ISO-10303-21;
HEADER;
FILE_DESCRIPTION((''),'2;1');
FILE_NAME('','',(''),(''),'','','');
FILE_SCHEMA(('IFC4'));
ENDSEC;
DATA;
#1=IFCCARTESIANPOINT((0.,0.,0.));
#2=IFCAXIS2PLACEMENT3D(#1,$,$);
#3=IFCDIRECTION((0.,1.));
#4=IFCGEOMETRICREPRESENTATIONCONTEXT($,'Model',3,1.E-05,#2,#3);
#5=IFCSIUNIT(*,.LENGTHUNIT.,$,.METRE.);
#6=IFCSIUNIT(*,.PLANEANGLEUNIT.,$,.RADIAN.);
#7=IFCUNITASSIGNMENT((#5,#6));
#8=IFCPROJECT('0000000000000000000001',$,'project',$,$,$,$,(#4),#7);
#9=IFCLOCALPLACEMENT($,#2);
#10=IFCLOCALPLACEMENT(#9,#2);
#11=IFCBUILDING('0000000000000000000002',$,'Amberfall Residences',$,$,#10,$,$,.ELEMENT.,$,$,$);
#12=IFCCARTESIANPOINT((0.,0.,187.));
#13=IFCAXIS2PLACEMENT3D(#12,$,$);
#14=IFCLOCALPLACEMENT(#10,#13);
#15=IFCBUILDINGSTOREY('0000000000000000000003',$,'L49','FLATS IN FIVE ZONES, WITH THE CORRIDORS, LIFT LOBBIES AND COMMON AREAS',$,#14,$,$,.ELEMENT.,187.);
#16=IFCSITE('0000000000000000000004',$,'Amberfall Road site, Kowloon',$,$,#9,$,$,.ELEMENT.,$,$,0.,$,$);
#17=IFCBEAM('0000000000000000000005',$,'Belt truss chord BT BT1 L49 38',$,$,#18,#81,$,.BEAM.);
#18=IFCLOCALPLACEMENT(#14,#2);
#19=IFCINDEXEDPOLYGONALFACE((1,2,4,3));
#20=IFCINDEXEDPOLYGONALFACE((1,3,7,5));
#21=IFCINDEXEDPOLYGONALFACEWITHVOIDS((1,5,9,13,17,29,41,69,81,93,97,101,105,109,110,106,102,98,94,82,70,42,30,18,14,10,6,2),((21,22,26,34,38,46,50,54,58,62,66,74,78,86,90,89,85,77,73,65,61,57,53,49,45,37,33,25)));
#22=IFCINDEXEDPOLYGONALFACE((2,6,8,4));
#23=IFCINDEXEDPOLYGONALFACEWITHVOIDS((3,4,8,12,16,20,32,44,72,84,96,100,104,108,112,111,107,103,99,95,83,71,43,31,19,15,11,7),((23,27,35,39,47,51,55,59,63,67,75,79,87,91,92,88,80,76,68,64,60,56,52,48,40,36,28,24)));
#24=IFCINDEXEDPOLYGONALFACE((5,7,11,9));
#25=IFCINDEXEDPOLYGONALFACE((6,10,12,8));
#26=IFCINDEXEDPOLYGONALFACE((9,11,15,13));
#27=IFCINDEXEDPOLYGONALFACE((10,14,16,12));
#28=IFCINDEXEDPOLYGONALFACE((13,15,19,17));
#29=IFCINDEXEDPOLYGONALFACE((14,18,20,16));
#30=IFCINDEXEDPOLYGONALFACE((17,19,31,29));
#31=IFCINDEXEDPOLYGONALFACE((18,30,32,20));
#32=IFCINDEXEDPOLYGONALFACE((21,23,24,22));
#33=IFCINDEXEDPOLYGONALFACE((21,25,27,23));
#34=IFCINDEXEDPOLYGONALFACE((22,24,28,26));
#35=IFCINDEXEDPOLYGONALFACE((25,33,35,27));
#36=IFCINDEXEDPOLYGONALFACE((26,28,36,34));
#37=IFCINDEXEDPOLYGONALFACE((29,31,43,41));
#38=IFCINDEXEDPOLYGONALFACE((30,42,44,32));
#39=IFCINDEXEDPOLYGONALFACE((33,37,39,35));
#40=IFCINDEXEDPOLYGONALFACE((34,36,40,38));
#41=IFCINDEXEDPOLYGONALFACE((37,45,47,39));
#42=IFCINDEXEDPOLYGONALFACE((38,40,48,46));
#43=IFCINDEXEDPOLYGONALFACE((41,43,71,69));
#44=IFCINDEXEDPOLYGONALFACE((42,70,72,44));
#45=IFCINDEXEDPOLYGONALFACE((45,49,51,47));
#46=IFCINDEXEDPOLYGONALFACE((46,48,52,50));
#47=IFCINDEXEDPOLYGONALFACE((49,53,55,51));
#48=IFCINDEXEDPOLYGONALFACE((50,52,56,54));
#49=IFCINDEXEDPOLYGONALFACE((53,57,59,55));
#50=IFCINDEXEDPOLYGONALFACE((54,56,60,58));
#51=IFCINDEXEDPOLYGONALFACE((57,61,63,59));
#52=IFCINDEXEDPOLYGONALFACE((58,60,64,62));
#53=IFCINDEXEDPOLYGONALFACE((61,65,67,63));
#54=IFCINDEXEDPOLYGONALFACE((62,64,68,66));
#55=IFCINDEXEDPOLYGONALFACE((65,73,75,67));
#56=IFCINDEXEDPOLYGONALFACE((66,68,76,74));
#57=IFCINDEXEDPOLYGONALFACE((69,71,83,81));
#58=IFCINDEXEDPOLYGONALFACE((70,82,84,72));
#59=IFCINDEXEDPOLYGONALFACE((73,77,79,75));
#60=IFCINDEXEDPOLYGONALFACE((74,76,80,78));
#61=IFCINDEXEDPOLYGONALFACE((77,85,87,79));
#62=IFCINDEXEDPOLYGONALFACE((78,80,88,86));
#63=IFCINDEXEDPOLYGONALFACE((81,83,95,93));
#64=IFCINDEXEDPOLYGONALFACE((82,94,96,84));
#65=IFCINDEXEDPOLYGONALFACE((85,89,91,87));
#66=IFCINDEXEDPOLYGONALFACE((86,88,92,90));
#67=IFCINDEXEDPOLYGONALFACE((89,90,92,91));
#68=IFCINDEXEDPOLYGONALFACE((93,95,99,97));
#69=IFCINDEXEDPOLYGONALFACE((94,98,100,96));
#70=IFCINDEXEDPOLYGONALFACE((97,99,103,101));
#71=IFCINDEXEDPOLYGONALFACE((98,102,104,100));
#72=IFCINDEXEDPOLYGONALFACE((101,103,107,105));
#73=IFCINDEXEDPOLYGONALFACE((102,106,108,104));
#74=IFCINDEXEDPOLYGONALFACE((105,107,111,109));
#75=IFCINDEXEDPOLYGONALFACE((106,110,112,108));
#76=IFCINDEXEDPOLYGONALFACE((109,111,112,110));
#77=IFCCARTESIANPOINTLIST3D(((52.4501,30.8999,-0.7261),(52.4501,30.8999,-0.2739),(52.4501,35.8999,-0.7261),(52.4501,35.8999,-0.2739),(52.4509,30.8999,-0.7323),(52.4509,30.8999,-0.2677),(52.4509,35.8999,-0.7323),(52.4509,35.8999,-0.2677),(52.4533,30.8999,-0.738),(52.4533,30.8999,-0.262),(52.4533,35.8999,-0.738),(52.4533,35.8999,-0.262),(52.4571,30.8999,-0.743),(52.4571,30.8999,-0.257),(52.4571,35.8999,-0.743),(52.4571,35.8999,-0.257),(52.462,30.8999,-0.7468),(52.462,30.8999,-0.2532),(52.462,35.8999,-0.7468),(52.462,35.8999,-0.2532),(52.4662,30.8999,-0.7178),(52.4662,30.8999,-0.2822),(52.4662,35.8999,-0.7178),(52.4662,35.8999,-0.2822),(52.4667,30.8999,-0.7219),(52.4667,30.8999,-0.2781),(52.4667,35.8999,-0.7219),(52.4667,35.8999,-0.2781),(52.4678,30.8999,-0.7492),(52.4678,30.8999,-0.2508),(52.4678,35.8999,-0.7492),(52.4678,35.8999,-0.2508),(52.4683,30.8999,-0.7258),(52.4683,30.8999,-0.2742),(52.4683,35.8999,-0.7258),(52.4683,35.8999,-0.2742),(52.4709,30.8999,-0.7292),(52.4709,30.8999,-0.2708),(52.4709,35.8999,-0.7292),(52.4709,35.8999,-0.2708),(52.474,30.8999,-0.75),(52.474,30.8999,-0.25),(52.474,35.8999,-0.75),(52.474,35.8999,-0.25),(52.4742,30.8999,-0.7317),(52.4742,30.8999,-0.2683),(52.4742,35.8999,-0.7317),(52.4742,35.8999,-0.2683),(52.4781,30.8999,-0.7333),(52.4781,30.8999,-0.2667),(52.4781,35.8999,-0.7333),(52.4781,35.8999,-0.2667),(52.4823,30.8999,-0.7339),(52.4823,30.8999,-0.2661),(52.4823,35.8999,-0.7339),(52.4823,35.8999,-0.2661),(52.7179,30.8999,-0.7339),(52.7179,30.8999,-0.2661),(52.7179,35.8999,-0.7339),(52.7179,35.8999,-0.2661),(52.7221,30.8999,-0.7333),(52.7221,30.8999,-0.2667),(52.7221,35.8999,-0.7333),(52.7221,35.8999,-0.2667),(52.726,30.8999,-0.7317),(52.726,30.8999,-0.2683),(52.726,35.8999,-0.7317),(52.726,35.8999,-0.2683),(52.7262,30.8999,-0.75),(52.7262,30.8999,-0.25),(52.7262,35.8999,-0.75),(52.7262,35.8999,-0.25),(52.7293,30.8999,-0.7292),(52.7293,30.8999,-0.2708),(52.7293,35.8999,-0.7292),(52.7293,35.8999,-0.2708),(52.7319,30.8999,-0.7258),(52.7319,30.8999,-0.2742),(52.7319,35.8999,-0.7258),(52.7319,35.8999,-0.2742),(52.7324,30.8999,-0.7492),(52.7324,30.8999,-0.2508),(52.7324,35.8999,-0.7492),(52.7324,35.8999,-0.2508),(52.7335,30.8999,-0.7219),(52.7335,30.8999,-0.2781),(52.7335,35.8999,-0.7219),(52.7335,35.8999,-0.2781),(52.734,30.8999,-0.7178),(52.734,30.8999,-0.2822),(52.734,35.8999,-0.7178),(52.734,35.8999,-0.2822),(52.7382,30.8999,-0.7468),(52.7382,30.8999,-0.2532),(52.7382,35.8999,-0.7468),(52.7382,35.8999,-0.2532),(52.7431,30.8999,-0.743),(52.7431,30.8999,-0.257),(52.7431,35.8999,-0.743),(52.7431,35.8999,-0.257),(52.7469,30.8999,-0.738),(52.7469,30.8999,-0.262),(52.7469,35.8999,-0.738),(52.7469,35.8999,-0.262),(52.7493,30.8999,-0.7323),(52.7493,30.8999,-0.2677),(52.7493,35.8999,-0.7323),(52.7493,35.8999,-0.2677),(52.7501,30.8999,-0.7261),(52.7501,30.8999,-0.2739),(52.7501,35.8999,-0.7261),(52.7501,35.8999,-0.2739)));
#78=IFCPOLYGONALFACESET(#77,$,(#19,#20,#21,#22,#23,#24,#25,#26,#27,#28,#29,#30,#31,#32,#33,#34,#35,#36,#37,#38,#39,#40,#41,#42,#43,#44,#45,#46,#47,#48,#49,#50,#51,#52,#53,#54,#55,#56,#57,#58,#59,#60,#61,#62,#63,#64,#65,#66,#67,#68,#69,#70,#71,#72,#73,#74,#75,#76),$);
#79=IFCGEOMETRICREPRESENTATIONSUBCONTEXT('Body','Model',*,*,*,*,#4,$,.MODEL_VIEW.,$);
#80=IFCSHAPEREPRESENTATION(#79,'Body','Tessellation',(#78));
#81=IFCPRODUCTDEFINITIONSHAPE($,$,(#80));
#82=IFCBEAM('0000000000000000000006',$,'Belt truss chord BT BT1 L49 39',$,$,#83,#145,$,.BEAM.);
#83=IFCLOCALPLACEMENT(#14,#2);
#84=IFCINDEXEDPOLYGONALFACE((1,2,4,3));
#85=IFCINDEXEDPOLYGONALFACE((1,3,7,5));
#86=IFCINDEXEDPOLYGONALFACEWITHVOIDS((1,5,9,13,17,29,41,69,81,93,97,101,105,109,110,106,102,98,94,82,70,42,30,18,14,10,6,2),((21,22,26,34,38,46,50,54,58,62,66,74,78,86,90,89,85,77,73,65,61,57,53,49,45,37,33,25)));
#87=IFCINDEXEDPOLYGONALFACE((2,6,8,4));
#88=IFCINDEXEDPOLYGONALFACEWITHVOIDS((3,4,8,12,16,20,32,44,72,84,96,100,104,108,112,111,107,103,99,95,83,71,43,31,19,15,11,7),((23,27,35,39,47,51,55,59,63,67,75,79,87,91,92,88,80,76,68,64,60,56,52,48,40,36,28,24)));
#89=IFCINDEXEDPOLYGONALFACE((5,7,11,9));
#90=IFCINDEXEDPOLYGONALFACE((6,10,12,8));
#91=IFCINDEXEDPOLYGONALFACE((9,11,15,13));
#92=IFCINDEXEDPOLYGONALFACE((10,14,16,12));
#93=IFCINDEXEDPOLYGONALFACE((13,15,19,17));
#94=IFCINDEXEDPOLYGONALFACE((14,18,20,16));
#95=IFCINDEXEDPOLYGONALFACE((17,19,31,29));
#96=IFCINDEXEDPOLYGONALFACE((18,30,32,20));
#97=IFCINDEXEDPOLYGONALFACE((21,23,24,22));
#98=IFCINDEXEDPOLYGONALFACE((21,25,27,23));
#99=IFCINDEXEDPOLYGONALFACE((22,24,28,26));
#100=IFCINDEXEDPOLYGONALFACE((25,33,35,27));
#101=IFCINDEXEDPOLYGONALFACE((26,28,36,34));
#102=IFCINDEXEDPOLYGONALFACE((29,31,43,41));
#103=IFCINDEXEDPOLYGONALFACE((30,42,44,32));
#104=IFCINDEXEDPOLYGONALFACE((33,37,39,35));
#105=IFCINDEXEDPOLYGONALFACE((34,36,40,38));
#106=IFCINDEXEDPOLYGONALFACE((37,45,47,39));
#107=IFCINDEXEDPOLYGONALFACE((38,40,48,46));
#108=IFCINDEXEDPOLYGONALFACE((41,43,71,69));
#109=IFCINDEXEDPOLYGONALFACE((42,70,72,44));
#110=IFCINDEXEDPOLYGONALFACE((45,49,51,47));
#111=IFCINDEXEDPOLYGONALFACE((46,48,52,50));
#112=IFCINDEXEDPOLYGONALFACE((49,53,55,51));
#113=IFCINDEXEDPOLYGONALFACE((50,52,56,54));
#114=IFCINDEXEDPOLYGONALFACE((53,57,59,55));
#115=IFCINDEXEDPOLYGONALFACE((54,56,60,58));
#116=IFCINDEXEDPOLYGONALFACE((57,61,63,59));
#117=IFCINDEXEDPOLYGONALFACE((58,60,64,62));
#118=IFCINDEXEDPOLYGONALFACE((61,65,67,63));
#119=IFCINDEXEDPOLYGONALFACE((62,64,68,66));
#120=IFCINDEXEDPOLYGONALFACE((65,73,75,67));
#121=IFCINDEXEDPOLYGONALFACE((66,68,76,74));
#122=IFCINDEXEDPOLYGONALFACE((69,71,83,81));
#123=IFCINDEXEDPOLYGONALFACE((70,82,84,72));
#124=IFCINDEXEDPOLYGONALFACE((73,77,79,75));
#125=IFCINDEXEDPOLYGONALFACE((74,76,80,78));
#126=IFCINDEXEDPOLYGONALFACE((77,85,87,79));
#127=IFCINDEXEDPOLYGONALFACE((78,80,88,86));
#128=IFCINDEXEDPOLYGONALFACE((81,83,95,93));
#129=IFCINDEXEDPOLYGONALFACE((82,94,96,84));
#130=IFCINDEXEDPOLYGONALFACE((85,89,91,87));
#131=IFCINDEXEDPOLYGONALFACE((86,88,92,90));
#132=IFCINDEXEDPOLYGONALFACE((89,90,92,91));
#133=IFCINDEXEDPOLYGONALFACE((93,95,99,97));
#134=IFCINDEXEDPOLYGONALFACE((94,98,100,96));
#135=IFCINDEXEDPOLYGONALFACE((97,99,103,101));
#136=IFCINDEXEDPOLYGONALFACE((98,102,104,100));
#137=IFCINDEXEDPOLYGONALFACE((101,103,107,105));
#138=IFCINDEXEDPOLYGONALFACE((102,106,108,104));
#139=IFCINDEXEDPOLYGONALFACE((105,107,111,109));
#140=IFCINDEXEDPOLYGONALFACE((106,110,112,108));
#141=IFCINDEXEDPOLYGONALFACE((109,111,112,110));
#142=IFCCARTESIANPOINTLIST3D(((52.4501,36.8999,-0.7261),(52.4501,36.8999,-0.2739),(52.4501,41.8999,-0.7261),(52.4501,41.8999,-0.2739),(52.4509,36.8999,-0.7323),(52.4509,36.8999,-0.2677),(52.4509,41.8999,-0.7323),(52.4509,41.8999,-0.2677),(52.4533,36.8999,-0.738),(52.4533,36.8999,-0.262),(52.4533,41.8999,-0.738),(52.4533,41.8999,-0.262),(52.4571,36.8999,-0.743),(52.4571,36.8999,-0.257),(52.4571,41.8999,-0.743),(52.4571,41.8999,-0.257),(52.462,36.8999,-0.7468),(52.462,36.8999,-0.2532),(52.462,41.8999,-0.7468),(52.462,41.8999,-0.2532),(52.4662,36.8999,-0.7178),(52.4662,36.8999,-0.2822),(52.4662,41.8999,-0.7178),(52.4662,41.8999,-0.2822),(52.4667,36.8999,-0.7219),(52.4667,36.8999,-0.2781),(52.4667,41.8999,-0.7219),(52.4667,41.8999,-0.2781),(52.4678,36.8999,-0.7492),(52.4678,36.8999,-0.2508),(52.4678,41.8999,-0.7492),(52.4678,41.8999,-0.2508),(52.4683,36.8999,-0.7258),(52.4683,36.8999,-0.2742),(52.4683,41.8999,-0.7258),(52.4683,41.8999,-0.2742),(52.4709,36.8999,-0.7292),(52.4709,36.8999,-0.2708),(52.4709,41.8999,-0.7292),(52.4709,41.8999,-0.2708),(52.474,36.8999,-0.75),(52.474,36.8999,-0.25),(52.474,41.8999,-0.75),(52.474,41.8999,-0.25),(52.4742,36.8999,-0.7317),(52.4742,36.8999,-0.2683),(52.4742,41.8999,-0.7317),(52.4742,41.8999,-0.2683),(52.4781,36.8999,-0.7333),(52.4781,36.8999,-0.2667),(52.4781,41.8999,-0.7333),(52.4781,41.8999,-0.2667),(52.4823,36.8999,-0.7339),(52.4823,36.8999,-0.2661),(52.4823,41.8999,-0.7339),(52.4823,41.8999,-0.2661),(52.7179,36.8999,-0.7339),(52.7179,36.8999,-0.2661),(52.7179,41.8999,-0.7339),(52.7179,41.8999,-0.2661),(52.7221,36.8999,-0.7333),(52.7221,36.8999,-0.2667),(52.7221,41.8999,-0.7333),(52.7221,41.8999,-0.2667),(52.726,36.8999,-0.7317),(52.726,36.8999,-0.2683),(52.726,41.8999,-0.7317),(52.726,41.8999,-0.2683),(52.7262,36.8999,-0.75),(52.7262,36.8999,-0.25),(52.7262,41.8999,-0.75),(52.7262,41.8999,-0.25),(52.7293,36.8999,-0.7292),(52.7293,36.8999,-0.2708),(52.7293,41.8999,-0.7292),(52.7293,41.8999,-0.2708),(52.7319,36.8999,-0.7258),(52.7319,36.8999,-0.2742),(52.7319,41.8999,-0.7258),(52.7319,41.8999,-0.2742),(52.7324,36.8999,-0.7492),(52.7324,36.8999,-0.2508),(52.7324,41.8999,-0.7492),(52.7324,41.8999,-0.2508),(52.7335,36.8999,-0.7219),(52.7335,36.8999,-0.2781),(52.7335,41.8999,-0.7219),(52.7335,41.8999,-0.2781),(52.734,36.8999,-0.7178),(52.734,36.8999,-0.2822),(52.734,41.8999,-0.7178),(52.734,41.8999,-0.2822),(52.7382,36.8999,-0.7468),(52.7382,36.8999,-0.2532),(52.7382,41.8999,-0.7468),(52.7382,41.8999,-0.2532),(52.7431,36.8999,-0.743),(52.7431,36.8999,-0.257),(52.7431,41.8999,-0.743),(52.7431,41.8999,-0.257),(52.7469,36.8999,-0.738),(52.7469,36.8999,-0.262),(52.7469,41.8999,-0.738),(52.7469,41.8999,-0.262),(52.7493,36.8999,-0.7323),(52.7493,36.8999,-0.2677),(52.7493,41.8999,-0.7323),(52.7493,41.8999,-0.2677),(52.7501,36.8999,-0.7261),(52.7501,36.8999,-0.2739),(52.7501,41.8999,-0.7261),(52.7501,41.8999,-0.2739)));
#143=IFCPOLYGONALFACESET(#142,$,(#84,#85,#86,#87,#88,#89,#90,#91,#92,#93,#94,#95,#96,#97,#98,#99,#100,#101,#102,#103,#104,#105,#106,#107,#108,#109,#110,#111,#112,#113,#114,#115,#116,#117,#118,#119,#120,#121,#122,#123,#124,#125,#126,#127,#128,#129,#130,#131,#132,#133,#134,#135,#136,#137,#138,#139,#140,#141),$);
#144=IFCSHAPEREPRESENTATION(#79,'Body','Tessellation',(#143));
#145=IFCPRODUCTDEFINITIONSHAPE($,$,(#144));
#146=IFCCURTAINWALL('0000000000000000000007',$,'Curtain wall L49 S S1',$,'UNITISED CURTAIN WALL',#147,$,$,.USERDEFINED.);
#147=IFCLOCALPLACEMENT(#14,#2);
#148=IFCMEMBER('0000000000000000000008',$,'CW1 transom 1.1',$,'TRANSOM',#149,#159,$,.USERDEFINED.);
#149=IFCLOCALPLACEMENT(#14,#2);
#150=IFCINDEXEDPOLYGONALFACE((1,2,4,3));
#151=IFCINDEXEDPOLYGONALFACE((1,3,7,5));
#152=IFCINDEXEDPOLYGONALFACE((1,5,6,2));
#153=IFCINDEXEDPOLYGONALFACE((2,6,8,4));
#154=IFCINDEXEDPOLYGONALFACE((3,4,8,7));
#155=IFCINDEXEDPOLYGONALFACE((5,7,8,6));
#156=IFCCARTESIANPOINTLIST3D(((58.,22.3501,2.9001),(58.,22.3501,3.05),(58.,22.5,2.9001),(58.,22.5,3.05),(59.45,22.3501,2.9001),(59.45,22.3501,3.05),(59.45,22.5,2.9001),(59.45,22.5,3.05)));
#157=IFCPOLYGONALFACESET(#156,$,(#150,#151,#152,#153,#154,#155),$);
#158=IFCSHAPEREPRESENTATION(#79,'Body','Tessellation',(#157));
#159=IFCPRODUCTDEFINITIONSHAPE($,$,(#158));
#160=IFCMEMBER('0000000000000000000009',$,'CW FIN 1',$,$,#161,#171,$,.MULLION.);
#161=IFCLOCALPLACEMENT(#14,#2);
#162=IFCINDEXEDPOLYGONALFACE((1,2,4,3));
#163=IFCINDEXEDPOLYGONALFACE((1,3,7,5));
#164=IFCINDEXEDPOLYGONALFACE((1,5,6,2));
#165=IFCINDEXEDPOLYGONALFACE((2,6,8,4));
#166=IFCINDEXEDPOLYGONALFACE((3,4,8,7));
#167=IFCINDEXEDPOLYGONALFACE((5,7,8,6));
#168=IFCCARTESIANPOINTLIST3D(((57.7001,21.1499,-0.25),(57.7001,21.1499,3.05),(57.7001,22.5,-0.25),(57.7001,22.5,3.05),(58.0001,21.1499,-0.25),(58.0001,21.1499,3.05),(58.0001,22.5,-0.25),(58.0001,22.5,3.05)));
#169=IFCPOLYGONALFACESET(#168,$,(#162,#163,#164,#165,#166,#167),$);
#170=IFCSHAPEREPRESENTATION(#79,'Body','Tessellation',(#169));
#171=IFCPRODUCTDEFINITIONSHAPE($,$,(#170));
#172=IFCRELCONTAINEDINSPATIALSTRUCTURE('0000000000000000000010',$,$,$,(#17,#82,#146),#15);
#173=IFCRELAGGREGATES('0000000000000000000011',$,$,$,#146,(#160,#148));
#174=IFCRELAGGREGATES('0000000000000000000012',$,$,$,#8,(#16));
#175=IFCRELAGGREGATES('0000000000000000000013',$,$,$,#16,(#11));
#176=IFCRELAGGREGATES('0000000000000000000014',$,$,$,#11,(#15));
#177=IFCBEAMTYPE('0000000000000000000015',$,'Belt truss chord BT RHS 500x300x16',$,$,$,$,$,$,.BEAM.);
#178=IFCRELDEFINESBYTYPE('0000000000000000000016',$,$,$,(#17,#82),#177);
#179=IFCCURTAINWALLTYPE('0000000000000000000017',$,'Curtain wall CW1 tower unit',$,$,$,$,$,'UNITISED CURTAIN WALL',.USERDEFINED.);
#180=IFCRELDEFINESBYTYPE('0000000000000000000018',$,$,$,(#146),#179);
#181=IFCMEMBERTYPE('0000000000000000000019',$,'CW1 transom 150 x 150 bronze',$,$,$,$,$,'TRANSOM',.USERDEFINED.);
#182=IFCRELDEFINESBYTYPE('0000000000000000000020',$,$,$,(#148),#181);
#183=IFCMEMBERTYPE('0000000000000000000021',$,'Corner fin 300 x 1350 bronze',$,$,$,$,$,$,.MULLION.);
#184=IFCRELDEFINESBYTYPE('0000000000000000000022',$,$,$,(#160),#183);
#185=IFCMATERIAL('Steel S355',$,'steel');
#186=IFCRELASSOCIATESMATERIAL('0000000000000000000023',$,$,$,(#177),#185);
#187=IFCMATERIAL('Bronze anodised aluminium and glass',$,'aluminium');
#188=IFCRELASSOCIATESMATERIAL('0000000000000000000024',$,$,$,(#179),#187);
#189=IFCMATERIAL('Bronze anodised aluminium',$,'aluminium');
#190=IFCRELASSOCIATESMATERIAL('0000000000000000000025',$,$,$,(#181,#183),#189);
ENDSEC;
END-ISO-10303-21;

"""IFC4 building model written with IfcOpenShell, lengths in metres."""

from ifc_helpers import new_model, si_unit, direction, frame, origin, origin_2d, place, context, subcontext, project, spatial, rectangle, hollow_rectangle, extrude, material, material_profile, profile_set, type_object, element, aggregate, save


model = new_model("IFC4")

# Units and contexts
model_context = context("Model", 3, precision=1e-05, world=origin(), true_north=direction((0.0, 1.0)))
body_context = subcontext(model_context, "Body", "Model", "MODEL_VIEW")
ifc_project = project(units=[si_unit("LENGTHUNIT", "METRE"), si_unit("PLANEANGLEUNIT", "RADIAN")], contexts=[model_context])

# Site, building, storey
site_placement = place(None, origin())
site = spatial("IfcSite", under=ifc_project, at=site_placement, Name="Amberfall Road site, Kowloon", CompositionType="ELEMENT", RefElevation=0.0)
building_placement = place(site_placement, origin())
building = spatial("IfcBuilding", under=site, at=building_placement, Name="Amberfall Residences", CompositionType="ELEMENT")
storey_placement = place(building_placement, frame((0.0, 0.0, 187.0)))
storey = spatial("IfcBuildingStorey", under=building, at=storey_placement, Name="L49", Description="FLATS IN FIVE ZONES, WITH THE CORRIDORS, LIFT LOBBIES AND COMMON AREAS", CompositionType="ELEMENT", Elevation=187.0)

# Beams
ifc_material_1 = material(Name="Steel S355", Category="steel")
ifc_material_profile_1 = material_profile(ifc_material_1, hollow_rectangle(XDim=0.3, YDim=0.5, WallThickness=0.0161, InnerFilletRadius=0.0161, OuterFilletRadius=0.0239, at=origin_2d()), Name="RHS 500x300x16")
ifc_profile_set_1 = profile_set([ifc_material_profile_1], Name="Steel S355")
beam_type_1 = type_object("IfcBeamType", Name="Belt truss chord BT RHS 500x300x16", PredefinedType="BEAM", material=ifc_profile_set_1)
for number, where, z_axis, x_axis, name in (
    (1, (52.6001, 30.8999, -0.5), (0.0, 1.0, 0.0), (-1.0, 0.0, 0.0), "Belt truss chord BT BT1 L49 38"),
    (2, (52.6001, 36.8999, -0.5), (0.0, 1.0, 0.0), (-1.0, 0.0, 0.0), "Belt truss chord BT BT1 L49 39"),
):
    element("IfcBeam", number, at=place(storey_placement, frame(where, z_axis=z_axis, x_axis=x_axis)), inside=storey, type_object=beam_type_1, Name=name, PredefinedType="BEAM", context=body_context, shape_type="SweptSolid", body=[
        extrude(hollow_rectangle(XDim=0.3, YDim=0.5, WallThickness=0.0161, InnerFilletRadius=0.0161, OuterFilletRadius=0.0239, at=origin_2d()), origin(), (0.0, 0.0, 1.0), 5.0),
    ])

# Curtain wall, members
ifc_material_2 = material(Name="Bronze anodised aluminium and glass", Category="aluminium")
curtain_wall_type = type_object("IfcCurtainWallType", Name="Curtain wall CW1 tower unit", ElementType="UNITISED CURTAIN WALL", PredefinedType="USERDEFINED", material=ifc_material_2)
curtain_wall_placement = place(storey_placement, origin())
curtain_wall = element("IfcCurtainWall", 3, at=curtain_wall_placement, inside=storey, type_object=curtain_wall_type, Name="Curtain wall L49 S S1", ObjectType="UNITISED CURTAIN WALL", PredefinedType="USERDEFINED")
ifc_material_3 = material(Name="Bronze anodised aluminium", Category="aluminium")
ifc_material_profile_2 = material_profile(ifc_material_3, rectangle(XDim=0.1499, YDim=0.1499, at=origin_2d()), Name="CW1 transom 150 x 150 bronze")
ifc_profile_set_2 = profile_set([ifc_material_profile_2], Name="Bronze anodised aluminium")
member_type_1 = type_object("IfcMemberType", Name="CW1 transom 150 x 150 bronze", ElementType="TRANSOM", PredefinedType="USERDEFINED", material=ifc_profile_set_2)
member_1_placement = place(storey_placement, frame((58.0, 22.425, 2.9751), z_axis=(1.0, 0.0, 0.0), x_axis=(0.0, 1.0, 0.0)))
member_1 = element("IfcMember", 4, at=member_1_placement, type_object=member_type_1, Name="CW1 transom 1.1", ObjectType="TRANSOM", PredefinedType="USERDEFINED", context=body_context, shape_type="SweptSolid", body=[
    extrude(rectangle(XDim=0.1499, YDim=0.1499, at=origin_2d()), origin(), (0.0, 0.0, 1.0), 1.45),
])
ifc_material_profile_3 = material_profile(ifc_material_3, rectangle(XDim=1.3501, YDim=0.3, at=origin_2d()), Name="Corner fin 300 x 1350 bronze")
ifc_profile_set_3 = profile_set([ifc_material_profile_3], Name="Bronze anodised aluminium")
member_type_2 = type_object("IfcMemberType", Name="Corner fin 300 x 1350 bronze", PredefinedType="MULLION", material=ifc_profile_set_3)
member_2_placement = place(storey_placement, frame((57.8501, 21.825, -0.25), z_axis=(0.0, 0.0, 1.0), x_axis=(0.0, 1.0, 0.0)))
member_2 = element("IfcMember", 5, at=member_2_placement, type_object=member_type_2, Name="CW FIN 1", PredefinedType="MULLION", context=body_context, shape_type="SweptSolid", body=[
    extrude(rectangle(XDim=1.3501, YDim=0.3, at=origin_2d()), origin(), (0.0, 0.0, 1.0), 3.3),
])

aggregate(curtain_wall, [member_2, member_1])

save(model, "model.ifc")
